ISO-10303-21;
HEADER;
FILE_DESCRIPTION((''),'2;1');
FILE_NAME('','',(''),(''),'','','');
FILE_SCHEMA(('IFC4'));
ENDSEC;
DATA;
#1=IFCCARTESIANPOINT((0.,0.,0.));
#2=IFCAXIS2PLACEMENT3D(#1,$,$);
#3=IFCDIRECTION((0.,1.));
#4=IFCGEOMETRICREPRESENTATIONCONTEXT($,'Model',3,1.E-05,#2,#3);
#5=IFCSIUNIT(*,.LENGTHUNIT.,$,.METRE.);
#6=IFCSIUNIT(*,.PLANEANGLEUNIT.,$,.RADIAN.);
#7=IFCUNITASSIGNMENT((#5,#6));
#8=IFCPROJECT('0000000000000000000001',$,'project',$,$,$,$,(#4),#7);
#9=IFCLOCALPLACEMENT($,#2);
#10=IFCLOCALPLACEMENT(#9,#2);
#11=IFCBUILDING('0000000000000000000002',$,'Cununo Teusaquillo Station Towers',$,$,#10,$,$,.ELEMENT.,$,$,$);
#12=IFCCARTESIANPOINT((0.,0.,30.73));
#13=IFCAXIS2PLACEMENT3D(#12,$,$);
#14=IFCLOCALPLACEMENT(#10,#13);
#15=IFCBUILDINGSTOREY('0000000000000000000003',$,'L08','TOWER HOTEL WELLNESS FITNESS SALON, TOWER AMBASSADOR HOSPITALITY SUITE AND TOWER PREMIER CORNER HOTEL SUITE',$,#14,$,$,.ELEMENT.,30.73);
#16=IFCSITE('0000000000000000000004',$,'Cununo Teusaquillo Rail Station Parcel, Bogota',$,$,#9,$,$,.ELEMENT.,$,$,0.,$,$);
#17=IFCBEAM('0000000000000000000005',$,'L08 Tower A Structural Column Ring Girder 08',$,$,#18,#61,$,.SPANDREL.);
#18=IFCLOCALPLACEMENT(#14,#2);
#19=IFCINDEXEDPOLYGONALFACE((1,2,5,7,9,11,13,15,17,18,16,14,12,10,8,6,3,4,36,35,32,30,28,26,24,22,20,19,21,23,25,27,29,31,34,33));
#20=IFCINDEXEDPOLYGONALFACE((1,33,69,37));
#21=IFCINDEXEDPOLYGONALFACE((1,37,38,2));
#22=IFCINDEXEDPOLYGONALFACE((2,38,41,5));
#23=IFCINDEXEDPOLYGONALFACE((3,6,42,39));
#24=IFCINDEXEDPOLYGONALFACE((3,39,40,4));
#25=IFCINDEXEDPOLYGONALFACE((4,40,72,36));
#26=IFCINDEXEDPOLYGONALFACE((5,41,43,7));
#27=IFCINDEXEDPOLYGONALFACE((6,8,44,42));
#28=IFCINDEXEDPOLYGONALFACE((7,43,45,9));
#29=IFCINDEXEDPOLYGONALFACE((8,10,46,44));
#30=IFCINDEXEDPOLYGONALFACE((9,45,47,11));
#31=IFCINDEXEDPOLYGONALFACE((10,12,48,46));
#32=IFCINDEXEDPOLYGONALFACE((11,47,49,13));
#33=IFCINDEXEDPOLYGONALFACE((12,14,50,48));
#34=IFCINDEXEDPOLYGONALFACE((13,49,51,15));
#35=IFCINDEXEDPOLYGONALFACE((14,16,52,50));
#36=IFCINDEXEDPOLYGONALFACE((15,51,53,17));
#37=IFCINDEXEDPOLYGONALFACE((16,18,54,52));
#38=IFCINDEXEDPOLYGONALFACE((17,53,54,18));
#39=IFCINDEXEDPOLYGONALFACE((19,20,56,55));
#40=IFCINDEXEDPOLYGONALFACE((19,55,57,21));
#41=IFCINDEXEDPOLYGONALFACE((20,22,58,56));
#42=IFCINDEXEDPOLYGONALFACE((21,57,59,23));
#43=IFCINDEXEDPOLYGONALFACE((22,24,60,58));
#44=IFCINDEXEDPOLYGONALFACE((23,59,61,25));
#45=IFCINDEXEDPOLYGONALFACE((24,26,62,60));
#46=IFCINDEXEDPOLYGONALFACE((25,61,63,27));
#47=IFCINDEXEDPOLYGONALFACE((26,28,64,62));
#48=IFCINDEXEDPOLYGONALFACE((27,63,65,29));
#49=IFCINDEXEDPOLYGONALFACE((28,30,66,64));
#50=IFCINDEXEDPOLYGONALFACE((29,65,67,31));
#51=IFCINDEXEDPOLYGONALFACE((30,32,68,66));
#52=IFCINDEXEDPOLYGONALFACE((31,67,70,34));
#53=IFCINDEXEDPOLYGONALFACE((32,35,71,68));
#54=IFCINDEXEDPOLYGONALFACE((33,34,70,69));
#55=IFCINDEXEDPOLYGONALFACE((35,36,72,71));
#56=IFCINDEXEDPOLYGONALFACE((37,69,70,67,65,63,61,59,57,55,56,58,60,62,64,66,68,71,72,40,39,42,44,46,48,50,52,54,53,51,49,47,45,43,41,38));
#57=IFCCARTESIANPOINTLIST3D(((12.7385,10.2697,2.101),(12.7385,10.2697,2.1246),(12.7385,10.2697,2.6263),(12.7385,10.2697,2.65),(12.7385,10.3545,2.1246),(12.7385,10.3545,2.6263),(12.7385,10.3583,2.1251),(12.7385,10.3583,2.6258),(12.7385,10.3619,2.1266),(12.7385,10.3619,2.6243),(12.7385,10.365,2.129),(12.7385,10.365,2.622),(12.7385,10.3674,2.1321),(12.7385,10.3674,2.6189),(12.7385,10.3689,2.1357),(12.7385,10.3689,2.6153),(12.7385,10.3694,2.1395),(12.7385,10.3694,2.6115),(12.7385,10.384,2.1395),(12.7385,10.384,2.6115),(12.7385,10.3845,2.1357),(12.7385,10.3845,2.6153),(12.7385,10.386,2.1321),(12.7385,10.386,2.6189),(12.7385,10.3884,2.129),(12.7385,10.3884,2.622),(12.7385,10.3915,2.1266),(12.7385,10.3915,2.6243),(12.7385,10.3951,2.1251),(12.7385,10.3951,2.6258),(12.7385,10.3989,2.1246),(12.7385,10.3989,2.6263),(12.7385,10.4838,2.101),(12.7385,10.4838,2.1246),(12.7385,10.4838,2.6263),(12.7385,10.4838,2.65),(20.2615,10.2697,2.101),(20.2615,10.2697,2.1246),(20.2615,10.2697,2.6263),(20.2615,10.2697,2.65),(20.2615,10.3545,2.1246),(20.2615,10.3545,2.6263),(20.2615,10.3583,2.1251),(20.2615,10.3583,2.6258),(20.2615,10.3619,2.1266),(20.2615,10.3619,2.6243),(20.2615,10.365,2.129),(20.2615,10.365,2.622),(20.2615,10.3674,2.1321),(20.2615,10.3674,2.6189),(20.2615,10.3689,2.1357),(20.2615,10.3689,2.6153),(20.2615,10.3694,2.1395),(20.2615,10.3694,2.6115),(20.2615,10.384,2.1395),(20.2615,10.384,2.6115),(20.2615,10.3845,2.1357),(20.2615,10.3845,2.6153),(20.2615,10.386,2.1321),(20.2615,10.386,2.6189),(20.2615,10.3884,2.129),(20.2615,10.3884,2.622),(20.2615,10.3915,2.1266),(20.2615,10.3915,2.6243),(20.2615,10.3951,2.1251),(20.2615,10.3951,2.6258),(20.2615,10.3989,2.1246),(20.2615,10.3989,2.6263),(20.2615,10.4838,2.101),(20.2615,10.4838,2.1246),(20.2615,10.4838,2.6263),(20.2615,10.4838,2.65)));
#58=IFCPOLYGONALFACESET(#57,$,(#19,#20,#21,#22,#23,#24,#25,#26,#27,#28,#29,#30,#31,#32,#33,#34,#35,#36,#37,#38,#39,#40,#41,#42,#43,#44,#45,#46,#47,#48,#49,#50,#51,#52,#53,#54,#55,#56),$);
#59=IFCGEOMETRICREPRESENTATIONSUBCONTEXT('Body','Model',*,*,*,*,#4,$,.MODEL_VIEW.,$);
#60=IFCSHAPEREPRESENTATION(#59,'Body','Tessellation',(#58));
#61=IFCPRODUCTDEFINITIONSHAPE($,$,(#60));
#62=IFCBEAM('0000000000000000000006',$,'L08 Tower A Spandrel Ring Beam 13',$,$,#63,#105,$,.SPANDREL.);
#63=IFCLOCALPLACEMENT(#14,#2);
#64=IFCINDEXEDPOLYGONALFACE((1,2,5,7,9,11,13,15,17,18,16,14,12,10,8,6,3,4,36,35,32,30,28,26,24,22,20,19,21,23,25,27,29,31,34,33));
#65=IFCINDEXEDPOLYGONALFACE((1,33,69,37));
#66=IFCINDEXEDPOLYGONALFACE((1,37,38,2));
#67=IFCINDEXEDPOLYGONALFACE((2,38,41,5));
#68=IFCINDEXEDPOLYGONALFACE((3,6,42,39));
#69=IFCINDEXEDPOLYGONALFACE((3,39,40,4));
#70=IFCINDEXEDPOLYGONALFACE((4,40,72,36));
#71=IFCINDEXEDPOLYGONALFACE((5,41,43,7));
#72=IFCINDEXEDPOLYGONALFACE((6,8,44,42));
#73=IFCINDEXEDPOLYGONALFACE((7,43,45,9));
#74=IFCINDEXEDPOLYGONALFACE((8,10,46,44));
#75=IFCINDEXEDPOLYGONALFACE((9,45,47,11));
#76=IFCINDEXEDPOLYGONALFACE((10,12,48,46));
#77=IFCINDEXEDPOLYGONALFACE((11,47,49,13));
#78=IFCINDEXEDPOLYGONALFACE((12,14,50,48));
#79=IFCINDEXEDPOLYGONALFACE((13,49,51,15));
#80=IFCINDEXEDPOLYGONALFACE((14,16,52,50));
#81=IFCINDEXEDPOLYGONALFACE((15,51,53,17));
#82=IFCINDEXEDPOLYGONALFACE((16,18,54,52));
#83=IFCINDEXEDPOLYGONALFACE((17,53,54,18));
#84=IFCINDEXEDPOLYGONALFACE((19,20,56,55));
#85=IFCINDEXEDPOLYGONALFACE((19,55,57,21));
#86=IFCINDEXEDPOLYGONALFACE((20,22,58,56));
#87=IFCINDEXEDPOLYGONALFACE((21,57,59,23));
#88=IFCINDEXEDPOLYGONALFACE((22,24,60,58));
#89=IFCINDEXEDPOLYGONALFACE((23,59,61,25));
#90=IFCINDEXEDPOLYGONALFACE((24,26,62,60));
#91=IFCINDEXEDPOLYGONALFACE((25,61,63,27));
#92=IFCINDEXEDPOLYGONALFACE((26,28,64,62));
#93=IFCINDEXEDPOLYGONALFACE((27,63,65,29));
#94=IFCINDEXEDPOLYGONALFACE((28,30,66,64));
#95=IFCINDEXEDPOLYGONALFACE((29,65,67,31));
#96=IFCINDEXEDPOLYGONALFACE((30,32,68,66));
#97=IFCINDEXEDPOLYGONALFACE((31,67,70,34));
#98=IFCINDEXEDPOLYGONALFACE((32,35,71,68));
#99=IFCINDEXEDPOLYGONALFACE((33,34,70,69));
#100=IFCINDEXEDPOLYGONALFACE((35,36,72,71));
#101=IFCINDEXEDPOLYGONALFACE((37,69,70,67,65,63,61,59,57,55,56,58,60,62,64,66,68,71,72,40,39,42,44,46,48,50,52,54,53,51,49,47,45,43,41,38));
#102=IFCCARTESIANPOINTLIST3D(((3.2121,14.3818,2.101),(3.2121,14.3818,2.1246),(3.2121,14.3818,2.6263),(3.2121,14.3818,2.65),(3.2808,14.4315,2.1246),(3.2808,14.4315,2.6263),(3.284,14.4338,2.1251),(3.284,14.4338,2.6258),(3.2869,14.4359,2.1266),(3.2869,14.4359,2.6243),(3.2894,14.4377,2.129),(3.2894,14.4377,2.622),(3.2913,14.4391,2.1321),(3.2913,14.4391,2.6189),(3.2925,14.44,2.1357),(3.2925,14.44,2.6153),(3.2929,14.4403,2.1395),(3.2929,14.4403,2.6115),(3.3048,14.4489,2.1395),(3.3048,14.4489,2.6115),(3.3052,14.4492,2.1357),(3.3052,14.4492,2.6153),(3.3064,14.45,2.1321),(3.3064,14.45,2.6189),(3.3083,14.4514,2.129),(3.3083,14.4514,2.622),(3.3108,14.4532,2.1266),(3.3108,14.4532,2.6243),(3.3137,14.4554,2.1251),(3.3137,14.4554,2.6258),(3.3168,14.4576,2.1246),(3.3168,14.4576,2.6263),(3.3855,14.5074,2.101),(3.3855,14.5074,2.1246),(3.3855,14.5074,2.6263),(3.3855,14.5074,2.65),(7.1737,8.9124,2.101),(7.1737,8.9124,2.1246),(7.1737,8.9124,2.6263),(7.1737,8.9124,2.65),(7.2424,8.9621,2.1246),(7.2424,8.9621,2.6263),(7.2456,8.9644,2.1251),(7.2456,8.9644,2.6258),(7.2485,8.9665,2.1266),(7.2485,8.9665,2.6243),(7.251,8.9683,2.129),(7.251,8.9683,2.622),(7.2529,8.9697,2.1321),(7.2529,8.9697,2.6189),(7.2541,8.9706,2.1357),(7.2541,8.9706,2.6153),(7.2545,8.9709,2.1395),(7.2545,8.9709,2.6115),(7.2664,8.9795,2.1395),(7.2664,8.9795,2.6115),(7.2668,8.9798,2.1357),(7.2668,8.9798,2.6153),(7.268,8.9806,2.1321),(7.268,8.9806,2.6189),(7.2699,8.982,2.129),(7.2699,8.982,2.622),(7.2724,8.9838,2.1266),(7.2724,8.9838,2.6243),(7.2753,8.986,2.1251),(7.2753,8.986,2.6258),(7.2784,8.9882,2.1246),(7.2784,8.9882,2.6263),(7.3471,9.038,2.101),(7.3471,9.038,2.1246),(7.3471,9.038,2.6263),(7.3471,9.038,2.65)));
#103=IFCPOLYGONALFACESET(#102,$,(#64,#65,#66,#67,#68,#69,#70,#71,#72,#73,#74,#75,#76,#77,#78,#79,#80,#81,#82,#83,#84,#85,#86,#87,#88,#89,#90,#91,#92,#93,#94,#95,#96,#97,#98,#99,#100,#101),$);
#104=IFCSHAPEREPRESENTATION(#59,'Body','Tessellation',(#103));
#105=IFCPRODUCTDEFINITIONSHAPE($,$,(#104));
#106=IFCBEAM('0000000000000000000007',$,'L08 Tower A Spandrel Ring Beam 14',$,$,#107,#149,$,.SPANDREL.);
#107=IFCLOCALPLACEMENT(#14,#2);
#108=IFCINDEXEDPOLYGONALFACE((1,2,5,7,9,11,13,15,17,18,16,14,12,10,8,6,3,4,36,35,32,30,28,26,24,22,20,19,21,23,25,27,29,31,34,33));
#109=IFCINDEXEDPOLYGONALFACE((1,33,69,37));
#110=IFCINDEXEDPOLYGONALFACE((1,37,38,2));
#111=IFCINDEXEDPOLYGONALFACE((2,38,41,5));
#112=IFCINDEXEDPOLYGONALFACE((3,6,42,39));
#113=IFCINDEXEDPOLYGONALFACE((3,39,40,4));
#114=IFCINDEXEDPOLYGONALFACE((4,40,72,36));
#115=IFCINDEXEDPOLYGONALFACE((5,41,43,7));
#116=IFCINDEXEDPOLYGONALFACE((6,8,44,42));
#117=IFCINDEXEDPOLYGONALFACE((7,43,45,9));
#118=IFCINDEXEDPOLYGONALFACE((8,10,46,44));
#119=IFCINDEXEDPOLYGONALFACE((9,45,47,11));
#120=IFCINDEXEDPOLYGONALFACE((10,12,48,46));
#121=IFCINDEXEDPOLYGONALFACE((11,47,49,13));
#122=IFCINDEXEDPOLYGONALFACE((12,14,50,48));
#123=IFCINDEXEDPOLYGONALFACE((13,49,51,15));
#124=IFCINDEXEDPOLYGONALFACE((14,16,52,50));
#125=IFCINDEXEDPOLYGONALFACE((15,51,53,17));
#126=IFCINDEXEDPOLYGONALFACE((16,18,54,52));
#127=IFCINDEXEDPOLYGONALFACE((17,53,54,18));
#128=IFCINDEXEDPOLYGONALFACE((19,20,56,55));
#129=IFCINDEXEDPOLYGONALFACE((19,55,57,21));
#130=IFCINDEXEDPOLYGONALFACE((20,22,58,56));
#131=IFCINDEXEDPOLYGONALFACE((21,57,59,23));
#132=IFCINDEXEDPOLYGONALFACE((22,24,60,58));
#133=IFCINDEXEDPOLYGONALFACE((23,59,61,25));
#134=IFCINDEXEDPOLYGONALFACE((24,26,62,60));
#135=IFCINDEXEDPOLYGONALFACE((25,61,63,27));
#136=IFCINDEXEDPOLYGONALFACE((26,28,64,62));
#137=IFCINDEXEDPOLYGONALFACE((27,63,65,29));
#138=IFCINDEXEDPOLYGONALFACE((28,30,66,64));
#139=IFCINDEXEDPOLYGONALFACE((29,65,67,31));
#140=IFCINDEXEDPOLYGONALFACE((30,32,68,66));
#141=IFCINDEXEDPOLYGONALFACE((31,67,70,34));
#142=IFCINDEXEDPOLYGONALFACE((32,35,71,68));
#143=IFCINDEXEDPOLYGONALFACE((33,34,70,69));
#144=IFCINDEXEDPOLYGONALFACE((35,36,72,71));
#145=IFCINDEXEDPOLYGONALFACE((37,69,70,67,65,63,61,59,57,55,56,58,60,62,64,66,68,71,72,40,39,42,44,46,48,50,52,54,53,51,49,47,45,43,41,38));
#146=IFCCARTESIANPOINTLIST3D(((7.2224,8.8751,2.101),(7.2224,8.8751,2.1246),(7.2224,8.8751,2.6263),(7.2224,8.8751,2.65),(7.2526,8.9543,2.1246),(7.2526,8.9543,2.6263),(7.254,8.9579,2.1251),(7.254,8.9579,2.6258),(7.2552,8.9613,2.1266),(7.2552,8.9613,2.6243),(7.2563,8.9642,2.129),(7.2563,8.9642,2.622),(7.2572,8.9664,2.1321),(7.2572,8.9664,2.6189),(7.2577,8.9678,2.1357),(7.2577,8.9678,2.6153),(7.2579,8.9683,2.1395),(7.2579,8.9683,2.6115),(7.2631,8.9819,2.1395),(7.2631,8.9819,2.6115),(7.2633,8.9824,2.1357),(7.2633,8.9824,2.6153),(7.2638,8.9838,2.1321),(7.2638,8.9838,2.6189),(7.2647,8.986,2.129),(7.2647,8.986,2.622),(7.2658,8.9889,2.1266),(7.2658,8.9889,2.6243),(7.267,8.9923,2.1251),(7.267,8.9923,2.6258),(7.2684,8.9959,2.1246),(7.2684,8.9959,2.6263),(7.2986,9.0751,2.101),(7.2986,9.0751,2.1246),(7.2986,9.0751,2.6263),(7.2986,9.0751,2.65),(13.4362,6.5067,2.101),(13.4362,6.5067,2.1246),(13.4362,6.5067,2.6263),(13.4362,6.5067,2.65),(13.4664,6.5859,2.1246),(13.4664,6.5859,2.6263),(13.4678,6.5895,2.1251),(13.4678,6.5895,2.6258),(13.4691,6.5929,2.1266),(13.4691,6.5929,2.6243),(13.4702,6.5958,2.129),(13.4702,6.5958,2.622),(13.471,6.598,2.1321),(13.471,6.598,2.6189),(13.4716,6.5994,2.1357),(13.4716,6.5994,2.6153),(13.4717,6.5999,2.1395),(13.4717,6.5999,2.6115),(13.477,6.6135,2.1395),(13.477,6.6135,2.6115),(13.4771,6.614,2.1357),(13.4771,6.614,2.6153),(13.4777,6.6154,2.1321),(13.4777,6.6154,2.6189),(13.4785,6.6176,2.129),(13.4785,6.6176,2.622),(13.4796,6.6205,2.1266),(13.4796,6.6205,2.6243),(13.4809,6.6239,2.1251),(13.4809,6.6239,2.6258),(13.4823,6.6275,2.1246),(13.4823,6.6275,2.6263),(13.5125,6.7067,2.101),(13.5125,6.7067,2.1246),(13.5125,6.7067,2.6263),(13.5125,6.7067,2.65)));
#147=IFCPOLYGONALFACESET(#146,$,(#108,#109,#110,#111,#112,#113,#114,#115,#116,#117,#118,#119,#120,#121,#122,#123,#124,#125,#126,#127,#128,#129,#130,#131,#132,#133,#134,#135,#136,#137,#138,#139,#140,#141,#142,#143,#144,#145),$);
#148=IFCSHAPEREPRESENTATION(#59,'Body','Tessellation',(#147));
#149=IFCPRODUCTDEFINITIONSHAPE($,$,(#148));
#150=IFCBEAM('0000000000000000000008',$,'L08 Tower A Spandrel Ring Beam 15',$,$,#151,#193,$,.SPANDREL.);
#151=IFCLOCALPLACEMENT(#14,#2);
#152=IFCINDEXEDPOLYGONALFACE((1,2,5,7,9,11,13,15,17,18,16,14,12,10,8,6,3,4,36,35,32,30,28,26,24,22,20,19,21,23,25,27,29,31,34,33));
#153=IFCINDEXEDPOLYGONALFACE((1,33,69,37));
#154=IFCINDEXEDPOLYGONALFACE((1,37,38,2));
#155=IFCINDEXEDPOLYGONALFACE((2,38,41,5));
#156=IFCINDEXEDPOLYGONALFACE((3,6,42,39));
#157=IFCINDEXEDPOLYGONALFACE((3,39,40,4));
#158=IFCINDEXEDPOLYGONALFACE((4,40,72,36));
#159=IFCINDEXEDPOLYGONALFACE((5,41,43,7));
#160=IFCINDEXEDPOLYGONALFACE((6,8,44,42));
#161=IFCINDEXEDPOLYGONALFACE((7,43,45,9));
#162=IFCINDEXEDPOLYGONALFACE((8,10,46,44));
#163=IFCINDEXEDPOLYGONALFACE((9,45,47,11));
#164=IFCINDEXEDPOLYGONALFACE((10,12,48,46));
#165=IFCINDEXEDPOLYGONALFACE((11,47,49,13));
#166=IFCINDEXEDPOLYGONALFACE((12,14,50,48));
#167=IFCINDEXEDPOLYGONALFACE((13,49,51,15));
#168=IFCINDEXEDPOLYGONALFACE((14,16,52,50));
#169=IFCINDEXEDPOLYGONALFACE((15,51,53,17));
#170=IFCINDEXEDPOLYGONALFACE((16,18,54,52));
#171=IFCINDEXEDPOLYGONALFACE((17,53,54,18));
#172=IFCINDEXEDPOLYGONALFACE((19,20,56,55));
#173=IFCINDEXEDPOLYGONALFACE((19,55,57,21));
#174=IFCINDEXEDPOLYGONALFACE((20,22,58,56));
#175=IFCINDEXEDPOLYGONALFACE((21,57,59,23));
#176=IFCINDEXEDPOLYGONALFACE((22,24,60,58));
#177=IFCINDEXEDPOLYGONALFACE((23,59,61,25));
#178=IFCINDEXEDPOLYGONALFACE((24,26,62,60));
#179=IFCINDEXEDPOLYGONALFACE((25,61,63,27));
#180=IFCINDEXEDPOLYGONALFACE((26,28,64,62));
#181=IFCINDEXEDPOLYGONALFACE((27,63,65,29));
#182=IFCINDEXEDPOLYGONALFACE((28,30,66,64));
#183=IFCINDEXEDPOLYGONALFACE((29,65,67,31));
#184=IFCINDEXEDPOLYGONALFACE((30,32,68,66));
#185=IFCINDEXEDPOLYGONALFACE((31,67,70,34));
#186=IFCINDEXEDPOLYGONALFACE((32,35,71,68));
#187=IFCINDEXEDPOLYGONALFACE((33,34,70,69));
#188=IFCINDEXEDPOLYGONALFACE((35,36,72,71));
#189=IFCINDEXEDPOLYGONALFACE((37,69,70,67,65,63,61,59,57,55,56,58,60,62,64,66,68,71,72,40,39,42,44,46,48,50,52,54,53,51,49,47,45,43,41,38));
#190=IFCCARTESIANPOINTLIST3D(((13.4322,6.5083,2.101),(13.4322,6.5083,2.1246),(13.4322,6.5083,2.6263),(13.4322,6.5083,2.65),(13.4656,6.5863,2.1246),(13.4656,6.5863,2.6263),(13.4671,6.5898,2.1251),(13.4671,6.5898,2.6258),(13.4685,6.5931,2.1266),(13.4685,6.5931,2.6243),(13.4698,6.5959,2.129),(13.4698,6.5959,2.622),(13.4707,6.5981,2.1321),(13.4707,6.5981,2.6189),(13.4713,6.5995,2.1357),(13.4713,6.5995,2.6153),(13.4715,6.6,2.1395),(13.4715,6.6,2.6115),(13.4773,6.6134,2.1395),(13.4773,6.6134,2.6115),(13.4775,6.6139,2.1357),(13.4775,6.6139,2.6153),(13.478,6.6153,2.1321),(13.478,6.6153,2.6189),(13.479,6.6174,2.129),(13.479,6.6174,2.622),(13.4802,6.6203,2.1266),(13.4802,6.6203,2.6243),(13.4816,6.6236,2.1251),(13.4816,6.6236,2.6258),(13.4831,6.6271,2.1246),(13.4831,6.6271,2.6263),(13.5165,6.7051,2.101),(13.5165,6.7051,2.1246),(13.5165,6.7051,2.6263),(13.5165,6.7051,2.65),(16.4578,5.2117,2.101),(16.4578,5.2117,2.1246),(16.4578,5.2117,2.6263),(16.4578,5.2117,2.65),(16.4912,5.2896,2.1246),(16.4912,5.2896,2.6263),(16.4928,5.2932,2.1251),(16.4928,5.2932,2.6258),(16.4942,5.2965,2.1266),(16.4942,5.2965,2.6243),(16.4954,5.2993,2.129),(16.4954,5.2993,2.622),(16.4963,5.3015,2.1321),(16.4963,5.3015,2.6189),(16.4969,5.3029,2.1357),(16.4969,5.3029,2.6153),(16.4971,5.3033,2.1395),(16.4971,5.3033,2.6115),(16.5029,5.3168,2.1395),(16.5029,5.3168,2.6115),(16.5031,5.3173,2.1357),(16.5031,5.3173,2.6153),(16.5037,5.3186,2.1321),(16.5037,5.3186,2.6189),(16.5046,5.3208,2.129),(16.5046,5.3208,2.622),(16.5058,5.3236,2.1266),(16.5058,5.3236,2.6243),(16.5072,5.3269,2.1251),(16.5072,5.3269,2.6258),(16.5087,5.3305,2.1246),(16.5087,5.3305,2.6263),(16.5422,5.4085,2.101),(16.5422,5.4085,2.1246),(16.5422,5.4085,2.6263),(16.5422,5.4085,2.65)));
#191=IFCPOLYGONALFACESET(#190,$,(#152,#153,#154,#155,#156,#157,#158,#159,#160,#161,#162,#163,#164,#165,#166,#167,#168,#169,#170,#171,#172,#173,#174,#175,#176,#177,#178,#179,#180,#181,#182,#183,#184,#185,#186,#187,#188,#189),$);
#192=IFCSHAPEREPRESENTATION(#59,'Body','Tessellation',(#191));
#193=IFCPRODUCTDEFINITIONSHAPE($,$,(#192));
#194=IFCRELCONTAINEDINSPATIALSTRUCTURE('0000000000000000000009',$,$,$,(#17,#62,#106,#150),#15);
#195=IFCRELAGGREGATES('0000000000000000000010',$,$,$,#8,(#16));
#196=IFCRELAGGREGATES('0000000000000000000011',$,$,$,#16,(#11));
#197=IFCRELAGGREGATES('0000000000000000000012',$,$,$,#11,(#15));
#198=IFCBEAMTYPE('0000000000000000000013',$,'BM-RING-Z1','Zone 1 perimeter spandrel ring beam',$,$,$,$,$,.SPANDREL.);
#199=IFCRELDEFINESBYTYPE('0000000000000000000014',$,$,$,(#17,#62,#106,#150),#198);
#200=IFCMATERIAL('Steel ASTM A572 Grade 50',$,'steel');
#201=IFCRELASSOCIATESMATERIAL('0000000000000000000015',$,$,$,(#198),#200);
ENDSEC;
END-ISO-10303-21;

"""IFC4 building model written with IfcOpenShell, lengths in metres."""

from ifc_helpers import new_model, si_unit, direction, frame, origin, origin_2d, place, context, subcontext, project, spatial, i_section, extrude, material, material_profile, profile_set, type_object, element, save


model = new_model("IFC4")

# Units and contexts
model_context = context("Model", 3, precision=1e-05, world=origin(), true_north=direction((0.0, 1.0)))
body_context = subcontext(model_context, "Body", "Model", "MODEL_VIEW")
ifc_project = project(units=[si_unit("LENGTHUNIT", "METRE"), si_unit("PLANEANGLEUNIT", "RADIAN")], contexts=[model_context])

# Site, building, storey
site_placement = place(None, origin())
site = spatial("IfcSite", under=ifc_project, at=site_placement, Name="Cununo Teusaquillo Rail Station Parcel, Bogota", CompositionType="ELEMENT", RefElevation=0.0)
building_placement = place(site_placement, origin())
building = spatial("IfcBuilding", under=site, at=building_placement, Name="Cununo Teusaquillo Station Towers", CompositionType="ELEMENT")
storey_placement = place(building_placement, frame((0.0, 0.0, 30.73)))
storey = spatial("IfcBuildingStorey", under=building, at=storey_placement, Name="L08", Description="TOWER HOTEL WELLNESS FITNESS SALON, TOWER AMBASSADOR HOSPITALITY SUITE AND TOWER PREMIER CORNER HOTEL SUITE", CompositionType="ELEMENT", Elevation=30.73)

# Beams
ifc_material_1 = material(Name="Steel ASTM A572 Grade 50", Category="steel")
ifc_material_profile_1 = material_profile(ifc_material_1, i_section(OverallWidth=0.2141, OverallDepth=0.5491, WebThickness=0.0146, FlangeThickness=0.0237, FilletRadius=0.0149, at=origin_2d()), Name="W21X93")
ifc_profile_set_1 = profile_set([ifc_material_profile_1], Name="Steel ASTM A572 Grade 50")
beam_type = type_object("IfcBeamType", Name="BM-RING-Z1", Description="Zone 1 perimeter spandrel ring beam", PredefinedType="SPANDREL", material=ifc_profile_set_1)
beam_1_placement = place(storey_placement, frame((12.7385, 10.3767, 2.3755), z_axis=(1.0, 0.0, 0.0), x_axis=(0.0, 1.0, 0.0)))
element("IfcBeam", 1, at=beam_1_placement, inside=storey, type_object=beam_type, Name="L08 Tower A Structural Column Ring Girder 08", PredefinedType="SPANDREL", context=body_context, shape_type="SweptSolid", body=[
    extrude(i_section(OverallWidth=0.2141, OverallDepth=0.5491, WebThickness=0.0146, FlangeThickness=0.0237, FilletRadius=0.0149, at=origin_2d()), origin(), (0.0, 0.0, 1.0), 7.5229),
])
beam_2_placement = place(storey_placement, frame((3.2988, 14.4446, 2.3755), z_axis=(0.586608, -0.809871, 0.0), x_axis=(0.809871, 0.586608, 0.0)))
element("IfcBeam", 2, at=beam_2_placement, inside=storey, type_object=beam_type, Name="L08 Tower A Spandrel Ring Beam 13", PredefinedType="SPANDREL", context=body_context, shape_type="SweptSolid", body=[
    extrude(i_section(OverallWidth=0.2141, OverallDepth=0.5491, WebThickness=0.0146, FlangeThickness=0.0237, FilletRadius=0.0149, at=origin_2d()), origin(), (0.0, 0.0, 1.0), 6.7534),
])
beam_3_placement = place(storey_placement, frame((7.2605, 8.9751, 2.3755), z_axis=(0.934427, -0.356156, 0.0), x_axis=(0.356156, 0.934427, 0.0)))
element("IfcBeam", 3, at=beam_3_placement, inside=storey, type_object=beam_type, Name="L08 Tower A Spandrel Ring Beam 14", PredefinedType="SPANDREL", context=body_context, shape_type="SweptSolid", body=[
    extrude(i_section(OverallWidth=0.2141, OverallDepth=0.5491, WebThickness=0.0146, FlangeThickness=0.0237, FilletRadius=0.0149, at=origin_2d()), origin(), (0.0, 0.0, 1.0), 6.6499),
])
beam_4_placement = place(storey_placement, frame((13.4744, 6.6067, 2.3755), z_axis=(0.919153, -0.393901, 0.0), x_axis=(0.393901, 0.919153, 0.0)))
element("IfcBeam", 4, at=beam_4_placement, inside=storey, type_object=beam_type, Name="L08 Tower A Spandrel Ring Beam 15", PredefinedType="SPANDREL", context=body_context, shape_type="SweptSolid", body=[
    extrude(i_section(OverallWidth=0.2141, OverallDepth=0.5491, WebThickness=0.0146, FlangeThickness=0.0237, FilletRadius=0.0149, at=origin_2d()), origin(), (0.0, 0.0, 1.0), 3.2917),
])

save(model, "model.ifc")
